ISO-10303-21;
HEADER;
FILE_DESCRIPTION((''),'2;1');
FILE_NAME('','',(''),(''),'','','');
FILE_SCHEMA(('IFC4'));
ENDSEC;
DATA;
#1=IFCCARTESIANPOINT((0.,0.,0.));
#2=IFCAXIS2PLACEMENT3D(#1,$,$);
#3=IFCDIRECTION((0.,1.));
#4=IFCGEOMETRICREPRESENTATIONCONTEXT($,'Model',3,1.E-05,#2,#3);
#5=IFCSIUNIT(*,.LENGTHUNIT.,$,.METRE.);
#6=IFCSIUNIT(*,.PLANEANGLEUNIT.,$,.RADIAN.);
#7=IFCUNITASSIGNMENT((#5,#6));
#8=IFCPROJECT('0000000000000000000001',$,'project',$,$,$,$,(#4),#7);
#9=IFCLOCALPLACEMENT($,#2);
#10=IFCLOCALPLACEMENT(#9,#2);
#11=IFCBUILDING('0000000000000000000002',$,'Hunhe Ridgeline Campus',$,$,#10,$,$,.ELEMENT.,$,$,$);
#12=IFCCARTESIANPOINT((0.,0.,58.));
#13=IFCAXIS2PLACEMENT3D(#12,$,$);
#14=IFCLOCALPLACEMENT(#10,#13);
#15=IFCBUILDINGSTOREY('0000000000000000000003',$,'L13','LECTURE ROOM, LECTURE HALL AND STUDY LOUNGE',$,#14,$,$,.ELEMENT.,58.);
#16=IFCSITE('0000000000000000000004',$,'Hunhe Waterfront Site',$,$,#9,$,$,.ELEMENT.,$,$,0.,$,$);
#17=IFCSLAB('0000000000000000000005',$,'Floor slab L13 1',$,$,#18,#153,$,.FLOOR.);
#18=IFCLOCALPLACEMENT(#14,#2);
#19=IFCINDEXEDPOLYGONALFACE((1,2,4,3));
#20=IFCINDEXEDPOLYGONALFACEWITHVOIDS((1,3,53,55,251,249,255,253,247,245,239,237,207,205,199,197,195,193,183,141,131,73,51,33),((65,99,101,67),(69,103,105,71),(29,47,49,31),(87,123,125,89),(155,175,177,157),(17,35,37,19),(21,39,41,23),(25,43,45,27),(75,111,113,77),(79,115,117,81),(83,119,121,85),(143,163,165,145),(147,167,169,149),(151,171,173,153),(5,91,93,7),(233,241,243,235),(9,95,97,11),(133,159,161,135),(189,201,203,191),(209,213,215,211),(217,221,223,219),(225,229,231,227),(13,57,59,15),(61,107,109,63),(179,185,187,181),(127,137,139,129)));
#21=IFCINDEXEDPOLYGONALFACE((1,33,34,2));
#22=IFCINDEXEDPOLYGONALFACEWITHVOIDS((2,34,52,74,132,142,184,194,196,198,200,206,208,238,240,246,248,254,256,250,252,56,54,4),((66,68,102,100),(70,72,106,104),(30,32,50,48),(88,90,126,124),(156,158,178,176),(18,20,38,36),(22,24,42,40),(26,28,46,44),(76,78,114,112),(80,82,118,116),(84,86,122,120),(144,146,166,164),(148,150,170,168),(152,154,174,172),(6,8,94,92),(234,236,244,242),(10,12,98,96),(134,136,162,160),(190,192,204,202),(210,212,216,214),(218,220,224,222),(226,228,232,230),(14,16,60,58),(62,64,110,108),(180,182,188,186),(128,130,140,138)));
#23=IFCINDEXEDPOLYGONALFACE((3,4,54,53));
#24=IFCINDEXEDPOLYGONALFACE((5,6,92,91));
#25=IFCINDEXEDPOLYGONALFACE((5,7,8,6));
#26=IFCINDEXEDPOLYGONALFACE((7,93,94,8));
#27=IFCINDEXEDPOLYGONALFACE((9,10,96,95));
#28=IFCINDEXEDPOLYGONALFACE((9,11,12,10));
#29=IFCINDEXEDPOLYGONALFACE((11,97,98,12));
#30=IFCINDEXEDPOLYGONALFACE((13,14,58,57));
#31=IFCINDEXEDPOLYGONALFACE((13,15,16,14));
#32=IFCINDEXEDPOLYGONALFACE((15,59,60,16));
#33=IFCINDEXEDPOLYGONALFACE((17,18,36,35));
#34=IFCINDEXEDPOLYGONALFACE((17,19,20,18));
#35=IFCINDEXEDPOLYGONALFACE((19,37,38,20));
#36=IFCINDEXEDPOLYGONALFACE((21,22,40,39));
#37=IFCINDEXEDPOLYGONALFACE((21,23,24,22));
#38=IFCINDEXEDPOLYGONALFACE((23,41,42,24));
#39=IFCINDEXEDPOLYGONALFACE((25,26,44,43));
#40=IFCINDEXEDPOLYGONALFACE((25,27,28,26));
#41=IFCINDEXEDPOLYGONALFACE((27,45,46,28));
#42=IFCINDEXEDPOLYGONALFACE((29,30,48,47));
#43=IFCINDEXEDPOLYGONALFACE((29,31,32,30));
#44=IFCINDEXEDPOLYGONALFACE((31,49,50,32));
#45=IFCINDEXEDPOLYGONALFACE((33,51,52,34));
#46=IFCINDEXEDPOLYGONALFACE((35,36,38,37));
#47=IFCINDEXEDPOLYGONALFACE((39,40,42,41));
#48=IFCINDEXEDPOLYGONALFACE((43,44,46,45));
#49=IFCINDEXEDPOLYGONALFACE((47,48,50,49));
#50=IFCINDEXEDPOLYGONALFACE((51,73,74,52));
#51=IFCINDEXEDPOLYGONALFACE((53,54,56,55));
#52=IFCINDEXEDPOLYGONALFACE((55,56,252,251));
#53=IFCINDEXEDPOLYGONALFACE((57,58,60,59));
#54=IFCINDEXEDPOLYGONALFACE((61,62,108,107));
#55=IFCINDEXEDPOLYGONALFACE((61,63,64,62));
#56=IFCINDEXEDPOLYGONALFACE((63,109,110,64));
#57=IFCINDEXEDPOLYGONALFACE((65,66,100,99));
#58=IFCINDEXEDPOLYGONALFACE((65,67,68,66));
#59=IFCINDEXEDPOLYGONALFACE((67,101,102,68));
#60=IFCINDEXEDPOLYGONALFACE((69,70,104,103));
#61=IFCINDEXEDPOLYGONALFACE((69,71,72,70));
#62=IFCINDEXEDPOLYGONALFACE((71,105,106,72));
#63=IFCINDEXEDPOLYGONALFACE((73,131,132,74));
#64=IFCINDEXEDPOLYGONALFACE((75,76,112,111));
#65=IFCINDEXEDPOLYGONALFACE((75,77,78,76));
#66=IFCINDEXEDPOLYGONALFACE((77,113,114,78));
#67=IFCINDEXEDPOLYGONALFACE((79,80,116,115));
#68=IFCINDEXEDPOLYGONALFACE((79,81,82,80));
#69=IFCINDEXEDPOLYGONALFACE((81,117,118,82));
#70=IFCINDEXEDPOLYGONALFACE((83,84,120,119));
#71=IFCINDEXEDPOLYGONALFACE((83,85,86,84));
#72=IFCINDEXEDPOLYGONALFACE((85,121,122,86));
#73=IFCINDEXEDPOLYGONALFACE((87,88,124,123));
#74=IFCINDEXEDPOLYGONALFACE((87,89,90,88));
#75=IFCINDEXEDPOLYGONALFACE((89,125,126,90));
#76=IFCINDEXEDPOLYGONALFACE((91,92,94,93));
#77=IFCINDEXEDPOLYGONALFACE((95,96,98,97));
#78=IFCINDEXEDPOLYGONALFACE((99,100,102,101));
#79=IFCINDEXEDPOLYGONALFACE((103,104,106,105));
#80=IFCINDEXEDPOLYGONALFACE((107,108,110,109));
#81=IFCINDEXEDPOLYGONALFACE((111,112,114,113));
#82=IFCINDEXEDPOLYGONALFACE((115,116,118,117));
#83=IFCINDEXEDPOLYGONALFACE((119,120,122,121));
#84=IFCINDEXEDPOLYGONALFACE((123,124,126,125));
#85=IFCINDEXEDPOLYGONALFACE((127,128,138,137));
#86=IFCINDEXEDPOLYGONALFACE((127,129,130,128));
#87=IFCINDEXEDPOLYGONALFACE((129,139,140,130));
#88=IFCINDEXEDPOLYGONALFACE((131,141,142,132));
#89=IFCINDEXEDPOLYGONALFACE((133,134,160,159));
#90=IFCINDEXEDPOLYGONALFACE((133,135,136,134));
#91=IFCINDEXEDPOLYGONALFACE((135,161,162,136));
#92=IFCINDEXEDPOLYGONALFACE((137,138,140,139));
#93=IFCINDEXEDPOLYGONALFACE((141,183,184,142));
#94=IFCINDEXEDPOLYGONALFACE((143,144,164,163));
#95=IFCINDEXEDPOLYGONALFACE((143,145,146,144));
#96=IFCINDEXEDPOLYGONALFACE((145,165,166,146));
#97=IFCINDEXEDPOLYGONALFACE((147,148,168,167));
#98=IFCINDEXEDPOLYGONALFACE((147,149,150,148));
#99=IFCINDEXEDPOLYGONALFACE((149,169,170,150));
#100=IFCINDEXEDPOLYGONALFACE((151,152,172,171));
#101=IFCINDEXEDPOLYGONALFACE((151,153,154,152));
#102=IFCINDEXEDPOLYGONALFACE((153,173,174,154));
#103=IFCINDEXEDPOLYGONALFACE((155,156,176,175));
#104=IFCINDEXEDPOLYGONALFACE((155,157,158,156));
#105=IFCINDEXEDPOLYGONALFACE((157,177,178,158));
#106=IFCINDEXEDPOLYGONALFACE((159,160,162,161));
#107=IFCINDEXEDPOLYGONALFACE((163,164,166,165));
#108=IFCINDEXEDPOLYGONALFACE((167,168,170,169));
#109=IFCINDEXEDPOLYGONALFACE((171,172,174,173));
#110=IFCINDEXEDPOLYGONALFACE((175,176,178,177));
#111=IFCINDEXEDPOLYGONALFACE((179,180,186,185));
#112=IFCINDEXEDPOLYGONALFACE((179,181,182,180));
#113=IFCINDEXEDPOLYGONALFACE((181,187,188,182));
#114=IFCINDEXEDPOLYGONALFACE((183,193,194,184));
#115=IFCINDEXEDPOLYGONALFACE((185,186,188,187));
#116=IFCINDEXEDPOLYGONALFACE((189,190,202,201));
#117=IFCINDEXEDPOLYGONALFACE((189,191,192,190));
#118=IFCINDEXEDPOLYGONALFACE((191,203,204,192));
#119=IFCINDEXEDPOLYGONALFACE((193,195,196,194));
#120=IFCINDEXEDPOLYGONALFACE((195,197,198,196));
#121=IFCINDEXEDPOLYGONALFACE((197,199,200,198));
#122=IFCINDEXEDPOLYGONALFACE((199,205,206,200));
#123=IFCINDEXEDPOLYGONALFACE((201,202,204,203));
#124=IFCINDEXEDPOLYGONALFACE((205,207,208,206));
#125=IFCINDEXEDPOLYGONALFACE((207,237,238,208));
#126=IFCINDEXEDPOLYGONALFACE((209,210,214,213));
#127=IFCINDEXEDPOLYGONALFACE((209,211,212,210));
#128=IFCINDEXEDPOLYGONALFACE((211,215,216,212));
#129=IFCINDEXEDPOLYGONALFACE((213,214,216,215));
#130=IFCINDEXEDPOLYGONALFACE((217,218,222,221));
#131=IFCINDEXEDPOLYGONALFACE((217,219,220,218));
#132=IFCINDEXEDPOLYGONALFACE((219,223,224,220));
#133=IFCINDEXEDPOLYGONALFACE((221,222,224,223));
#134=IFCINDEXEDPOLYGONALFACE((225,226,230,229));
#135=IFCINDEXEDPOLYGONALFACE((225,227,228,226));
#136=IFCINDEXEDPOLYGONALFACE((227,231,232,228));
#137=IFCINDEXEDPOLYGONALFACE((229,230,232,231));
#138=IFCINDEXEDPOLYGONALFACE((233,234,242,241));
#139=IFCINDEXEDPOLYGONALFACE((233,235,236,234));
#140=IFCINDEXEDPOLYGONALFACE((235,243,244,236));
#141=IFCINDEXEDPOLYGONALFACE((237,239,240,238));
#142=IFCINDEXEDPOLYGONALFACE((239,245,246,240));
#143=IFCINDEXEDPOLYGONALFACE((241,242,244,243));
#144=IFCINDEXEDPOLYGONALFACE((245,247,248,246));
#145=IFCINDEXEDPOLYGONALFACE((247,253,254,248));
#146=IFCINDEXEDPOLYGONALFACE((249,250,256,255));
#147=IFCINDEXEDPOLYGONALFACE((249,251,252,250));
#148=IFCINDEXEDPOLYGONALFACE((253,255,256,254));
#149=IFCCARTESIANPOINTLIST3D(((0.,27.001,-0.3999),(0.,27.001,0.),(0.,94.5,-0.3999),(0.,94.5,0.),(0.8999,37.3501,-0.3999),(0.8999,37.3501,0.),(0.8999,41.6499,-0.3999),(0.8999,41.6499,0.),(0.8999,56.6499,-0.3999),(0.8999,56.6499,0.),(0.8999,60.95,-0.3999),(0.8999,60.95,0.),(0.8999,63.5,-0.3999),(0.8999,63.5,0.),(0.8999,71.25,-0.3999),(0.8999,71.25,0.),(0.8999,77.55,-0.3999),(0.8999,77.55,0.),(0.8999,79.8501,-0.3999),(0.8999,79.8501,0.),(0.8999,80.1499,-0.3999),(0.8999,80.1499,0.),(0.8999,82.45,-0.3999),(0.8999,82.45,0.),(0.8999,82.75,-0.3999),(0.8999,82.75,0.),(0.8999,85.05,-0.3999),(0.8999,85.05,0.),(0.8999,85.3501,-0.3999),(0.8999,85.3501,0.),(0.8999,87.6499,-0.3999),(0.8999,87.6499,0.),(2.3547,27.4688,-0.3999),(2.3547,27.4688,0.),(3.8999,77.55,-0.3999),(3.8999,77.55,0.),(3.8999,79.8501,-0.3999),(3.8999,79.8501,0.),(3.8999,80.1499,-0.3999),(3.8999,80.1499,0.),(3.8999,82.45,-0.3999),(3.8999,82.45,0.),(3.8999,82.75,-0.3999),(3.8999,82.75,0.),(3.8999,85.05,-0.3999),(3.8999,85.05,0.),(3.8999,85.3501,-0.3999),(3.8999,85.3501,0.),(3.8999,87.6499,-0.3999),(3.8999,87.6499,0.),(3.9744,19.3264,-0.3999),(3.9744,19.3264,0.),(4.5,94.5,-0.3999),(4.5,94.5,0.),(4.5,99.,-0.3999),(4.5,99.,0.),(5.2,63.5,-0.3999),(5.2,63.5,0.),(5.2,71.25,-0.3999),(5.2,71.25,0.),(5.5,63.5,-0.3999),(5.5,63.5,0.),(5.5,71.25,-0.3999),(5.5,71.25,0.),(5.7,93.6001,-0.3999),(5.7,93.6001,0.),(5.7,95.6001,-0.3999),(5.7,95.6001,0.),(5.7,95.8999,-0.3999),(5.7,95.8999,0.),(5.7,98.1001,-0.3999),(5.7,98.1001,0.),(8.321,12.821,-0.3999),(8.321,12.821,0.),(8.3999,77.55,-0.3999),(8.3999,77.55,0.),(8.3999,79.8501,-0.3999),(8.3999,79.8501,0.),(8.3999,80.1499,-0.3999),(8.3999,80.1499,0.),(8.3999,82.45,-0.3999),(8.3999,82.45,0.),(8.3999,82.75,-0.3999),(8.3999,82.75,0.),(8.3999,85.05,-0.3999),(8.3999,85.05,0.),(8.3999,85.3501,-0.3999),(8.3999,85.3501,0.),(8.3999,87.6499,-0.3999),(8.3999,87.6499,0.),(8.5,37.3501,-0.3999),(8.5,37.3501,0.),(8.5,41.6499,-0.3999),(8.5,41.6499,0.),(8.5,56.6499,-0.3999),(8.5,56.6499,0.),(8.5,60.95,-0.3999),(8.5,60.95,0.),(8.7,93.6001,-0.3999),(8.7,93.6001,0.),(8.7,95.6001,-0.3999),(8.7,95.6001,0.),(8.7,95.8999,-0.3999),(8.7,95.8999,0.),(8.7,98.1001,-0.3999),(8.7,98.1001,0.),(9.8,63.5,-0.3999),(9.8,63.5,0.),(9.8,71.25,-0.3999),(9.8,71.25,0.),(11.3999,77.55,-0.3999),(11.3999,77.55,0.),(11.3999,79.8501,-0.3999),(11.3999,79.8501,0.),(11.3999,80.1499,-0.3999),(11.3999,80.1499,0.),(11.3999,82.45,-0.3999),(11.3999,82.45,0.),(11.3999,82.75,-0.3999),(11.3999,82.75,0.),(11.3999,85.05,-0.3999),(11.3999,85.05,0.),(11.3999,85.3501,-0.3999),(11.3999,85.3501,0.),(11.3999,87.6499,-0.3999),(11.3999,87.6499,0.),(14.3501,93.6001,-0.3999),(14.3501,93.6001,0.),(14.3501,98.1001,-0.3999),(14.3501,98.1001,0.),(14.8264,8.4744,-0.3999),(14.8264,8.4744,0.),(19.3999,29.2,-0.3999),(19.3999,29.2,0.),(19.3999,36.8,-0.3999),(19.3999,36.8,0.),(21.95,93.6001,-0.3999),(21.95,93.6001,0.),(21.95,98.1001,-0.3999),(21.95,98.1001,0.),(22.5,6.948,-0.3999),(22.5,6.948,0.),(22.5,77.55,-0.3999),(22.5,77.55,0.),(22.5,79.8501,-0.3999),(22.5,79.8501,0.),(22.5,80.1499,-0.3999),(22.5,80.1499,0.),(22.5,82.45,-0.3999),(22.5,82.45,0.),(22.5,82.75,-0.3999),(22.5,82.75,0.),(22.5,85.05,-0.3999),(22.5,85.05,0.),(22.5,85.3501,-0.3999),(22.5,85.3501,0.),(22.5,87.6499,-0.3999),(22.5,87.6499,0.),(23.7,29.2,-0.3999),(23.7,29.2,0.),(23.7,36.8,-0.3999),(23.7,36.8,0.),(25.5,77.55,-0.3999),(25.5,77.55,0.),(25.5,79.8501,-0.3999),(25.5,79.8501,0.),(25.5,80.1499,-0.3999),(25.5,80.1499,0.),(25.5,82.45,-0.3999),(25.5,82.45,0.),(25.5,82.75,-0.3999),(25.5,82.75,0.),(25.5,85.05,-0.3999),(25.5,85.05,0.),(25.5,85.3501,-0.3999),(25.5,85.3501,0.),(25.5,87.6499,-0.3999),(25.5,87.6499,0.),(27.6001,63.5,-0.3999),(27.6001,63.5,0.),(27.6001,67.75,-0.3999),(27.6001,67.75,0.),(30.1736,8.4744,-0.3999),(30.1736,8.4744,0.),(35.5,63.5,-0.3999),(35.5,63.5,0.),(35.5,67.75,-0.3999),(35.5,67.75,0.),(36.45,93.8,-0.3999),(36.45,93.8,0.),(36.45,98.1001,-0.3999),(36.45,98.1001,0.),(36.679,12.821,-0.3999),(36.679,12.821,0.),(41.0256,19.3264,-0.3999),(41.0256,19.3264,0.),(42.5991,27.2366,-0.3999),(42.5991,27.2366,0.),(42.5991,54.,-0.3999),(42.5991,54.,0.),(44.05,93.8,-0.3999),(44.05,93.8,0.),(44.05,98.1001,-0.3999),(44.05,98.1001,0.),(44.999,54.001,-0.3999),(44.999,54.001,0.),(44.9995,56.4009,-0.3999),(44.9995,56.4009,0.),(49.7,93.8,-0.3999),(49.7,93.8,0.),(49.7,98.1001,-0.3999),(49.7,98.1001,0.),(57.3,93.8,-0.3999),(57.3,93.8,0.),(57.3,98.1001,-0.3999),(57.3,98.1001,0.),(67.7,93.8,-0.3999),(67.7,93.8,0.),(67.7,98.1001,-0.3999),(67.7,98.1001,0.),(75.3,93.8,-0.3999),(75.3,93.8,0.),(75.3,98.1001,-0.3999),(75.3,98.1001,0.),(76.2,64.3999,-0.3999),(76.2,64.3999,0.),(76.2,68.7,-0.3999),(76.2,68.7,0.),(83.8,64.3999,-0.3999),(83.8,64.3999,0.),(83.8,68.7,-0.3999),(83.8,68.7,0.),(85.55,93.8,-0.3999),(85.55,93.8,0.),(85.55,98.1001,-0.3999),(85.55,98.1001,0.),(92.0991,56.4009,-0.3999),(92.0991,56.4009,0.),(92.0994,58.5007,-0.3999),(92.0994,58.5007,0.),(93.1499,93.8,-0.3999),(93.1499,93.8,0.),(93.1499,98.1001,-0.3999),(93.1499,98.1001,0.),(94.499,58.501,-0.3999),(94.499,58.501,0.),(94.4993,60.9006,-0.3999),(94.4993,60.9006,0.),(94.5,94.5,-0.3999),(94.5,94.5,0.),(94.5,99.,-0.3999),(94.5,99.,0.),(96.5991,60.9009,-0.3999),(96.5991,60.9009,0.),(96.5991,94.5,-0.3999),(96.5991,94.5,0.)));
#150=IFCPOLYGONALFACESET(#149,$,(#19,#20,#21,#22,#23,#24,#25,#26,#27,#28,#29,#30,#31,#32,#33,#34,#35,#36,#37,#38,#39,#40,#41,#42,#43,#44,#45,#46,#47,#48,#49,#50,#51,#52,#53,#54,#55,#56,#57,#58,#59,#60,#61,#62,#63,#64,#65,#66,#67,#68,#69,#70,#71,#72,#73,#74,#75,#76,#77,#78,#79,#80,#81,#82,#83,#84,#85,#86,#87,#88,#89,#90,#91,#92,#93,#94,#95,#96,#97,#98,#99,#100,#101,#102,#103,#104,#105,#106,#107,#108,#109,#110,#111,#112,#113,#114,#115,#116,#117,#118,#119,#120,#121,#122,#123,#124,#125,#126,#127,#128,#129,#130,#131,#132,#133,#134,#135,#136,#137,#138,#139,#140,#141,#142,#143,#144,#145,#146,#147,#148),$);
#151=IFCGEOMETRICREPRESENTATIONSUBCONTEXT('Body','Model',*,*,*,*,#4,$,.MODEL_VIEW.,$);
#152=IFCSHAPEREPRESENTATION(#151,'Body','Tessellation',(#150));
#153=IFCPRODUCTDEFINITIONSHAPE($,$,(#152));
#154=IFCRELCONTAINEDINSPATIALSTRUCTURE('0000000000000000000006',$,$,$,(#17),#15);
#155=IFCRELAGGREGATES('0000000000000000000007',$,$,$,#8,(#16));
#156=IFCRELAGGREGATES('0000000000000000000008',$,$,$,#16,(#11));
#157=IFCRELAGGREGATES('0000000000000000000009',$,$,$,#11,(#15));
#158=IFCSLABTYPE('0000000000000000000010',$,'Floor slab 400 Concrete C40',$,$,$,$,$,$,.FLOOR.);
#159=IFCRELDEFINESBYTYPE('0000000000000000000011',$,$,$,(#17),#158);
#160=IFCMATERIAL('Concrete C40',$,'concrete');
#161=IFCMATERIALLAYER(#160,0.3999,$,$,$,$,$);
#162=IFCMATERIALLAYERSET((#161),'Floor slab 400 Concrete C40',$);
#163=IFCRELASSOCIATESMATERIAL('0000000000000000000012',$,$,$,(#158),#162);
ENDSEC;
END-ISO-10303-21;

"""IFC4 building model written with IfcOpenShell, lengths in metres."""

from ifc_helpers import new_model, si_unit, direction, frame, origin, place, context, subcontext, project, spatial, polyline, outline, extrude, material, layer, layer_set, type_object, element, save


model = new_model("IFC4")

# Units and contexts
model_context = context("Model", 3, precision=1e-05, world=origin(), true_north=direction((0.0, 1.0)))
body_context = subcontext(model_context, "Body", "Model", "MODEL_VIEW")
ifc_project = project(units=[si_unit("LENGTHUNIT", "METRE"), si_unit("PLANEANGLEUNIT", "RADIAN")], contexts=[model_context])

# Site, building, storey
site_placement = place(None, origin())
site = spatial("IfcSite", under=ifc_project, at=site_placement, Name="Hunhe Waterfront Site", CompositionType="ELEMENT", RefElevation=0.0)
building_placement = place(site_placement, origin())
building = spatial("IfcBuilding", under=site, at=building_placement, Name="Hunhe Ridgeline Campus", CompositionType="ELEMENT")
storey_placement = place(building_placement, frame((0.0, 0.0, 58.0)))
storey = spatial("IfcBuildingStorey", under=building, at=storey_placement, Name="L13", Description="LECTURE ROOM, LECTURE HALL AND STUDY LOUNGE", CompositionType="ELEMENT", Elevation=58.0)

# Slab
ifc_material_1 = material(Name="Concrete C40", Category="concrete")
ifc_layer_1 = layer(ifc_material_1, 0.3999)
ifc_layer_set_1 = layer_set([ifc_layer_1], Name="Floor slab 400 Concrete C40")
slab_type_1 = type_object("IfcSlabType", Name="Floor slab 400 Concrete C40", PredefinedType="FLOOR", material=ifc_layer_set_1)
slab_1_placement = place(storey_placement, frame((0.0, 0.0, -0.3999)))
element("IfcSlab", 1, at=slab_1_placement, inside=storey, type_object=slab_type_1, Name="Floor slab L13 1", PredefinedType="FLOOR", context=body_context, shape_type="SweptSolid", body=[
    extrude(outline(polyline([(4.5, 94.5), (0.0, 94.5), (0.0, 27.001), (2.3547, 27.4688), (3.9744, 19.3264), (8.321, 12.821), (14.8264, 8.4744), (22.5, 6.948), (30.1736, 8.4744), (36.679, 12.821), (41.0256, 19.3264), (42.5991, 27.2366), (42.5991, 54.0), (44.999, 54.001), (44.9995, 56.4009), (92.0991, 56.4009), (92.0994, 58.5007), (94.499, 58.501), (94.4993, 60.9006), (96.5991, 60.9009), (96.5991, 94.5), (94.5, 94.5), (94.5, 99.0), (4.5, 99.0), (4.5, 94.5)]), holes=[polyline([(93.1499, 93.8), (93.1499, 98.1001), (85.55, 98.1001), (85.55, 93.8), (93.1499, 93.8)]), polyline([(76.2, 68.7), (76.2, 64.3999), (83.8, 64.3999), (83.8, 68.7), (76.2, 68.7)]), polyline([(75.3, 98.1001), (67.7, 98.1001), (67.7, 93.8), (75.3, 93.8), (75.3, 98.1001)]), polyline([(49.7, 98.1001), (49.7, 93.8), (57.3, 93.8), (57.3, 98.1001), (49.7, 98.1001)]), polyline([(36.45, 93.8), (44.05, 93.8), (44.05, 98.1001), (36.45, 98.1001), (36.45, 93.8)]), polyline([(35.5, 63.5), (35.5, 67.75), (27.6001, 67.75), (27.6001, 63.5), (35.5, 63.5)]), polyline([(25.5, 80.1499), (25.5, 82.45), (22.5, 82.45), (22.5, 80.1499), (25.5, 80.1499)]), polyline([(25.5, 79.8501), (22.5, 79.8501), (22.5, 77.55), (25.5, 77.55), (25.5, 79.8501)]), polyline([(22.5, 87.6499), (22.5, 85.3501), (25.5, 85.3501), (25.5, 87.6499), (22.5, 87.6499)]), polyline([(22.5, 82.75), (25.5, 82.75), (25.5, 85.05), (22.5, 85.05), (22.5, 82.75)]), polyline([(23.7, 29.2), (23.7, 36.8), (19.3999, 36.8), (19.3999, 29.2), (23.7, 29.2)]), polyline([(14.3501, 93.6001), (21.95, 93.6001), (21.95, 98.1001), (14.3501, 98.1001), (14.3501, 93.6001)]), polyline([(11.3999, 79.8501), (8.3999, 79.8501), (8.3999, 77.55), (11.3999, 77.55), (11.3999, 79.8501)]), polyline([(11.3999, 80.1499), (11.3999, 82.45), (8.3999, 82.45), (8.3999, 80.1499), (11.3999, 80.1499)]), polyline([(8.3999, 87.6499), (8.3999, 85.3501), (11.3999, 85.3501), (11.3999, 87.6499), (8.3999, 87.6499)]), polyline([(8.3999, 82.75), (11.3999, 82.75), (11.3999, 85.05), (8.3999, 85.05), (8.3999, 82.75)]), polyline([(9.8, 71.25), (5.5, 71.25), (5.5, 63.5), (9.8, 63.5), (9.8, 71.25)]), polyline([(8.7, 95.8999), (8.7, 98.1001), (5.7, 98.1001), (5.7, 95.8999), (8.7, 95.8999)]), polyline([(8.7, 95.6001), (5.7, 95.6001), (5.7, 93.6001), (8.7, 93.6001), (8.7, 95.6001)]), polyline([(0.8999, 37.3501), (8.5, 37.3501), (8.5, 41.6499), (0.8999, 41.6499), (0.8999, 37.3501)]), polyline([(0.8999, 60.95), (0.8999, 56.6499), (8.5, 56.6499), (8.5, 60.95), (0.8999, 60.95)]), polyline([(0.8999, 71.25), (0.8999, 63.5), (5.2, 63.5), (5.2, 71.25), (0.8999, 71.25)]), polyline([(3.8999, 80.1499), (3.8999, 82.45), (0.8999, 82.45), (0.8999, 80.1499), (3.8999, 80.1499)]), polyline([(3.8999, 79.8501), (0.8999, 79.8501), (0.8999, 77.55), (3.8999, 77.55), (3.8999, 79.8501)]), polyline([(0.8999, 87.6499), (0.8999, 85.3501), (3.8999, 85.3501), (3.8999, 87.6499), (0.8999, 87.6499)]), polyline([(0.8999, 82.75), (3.8999, 82.75), (3.8999, 85.05), (0.8999, 85.05), (0.8999, 82.75)])]), origin(), (0.0, 0.0, 1.0), 0.3999),
])

save(model, "model.ifc")
